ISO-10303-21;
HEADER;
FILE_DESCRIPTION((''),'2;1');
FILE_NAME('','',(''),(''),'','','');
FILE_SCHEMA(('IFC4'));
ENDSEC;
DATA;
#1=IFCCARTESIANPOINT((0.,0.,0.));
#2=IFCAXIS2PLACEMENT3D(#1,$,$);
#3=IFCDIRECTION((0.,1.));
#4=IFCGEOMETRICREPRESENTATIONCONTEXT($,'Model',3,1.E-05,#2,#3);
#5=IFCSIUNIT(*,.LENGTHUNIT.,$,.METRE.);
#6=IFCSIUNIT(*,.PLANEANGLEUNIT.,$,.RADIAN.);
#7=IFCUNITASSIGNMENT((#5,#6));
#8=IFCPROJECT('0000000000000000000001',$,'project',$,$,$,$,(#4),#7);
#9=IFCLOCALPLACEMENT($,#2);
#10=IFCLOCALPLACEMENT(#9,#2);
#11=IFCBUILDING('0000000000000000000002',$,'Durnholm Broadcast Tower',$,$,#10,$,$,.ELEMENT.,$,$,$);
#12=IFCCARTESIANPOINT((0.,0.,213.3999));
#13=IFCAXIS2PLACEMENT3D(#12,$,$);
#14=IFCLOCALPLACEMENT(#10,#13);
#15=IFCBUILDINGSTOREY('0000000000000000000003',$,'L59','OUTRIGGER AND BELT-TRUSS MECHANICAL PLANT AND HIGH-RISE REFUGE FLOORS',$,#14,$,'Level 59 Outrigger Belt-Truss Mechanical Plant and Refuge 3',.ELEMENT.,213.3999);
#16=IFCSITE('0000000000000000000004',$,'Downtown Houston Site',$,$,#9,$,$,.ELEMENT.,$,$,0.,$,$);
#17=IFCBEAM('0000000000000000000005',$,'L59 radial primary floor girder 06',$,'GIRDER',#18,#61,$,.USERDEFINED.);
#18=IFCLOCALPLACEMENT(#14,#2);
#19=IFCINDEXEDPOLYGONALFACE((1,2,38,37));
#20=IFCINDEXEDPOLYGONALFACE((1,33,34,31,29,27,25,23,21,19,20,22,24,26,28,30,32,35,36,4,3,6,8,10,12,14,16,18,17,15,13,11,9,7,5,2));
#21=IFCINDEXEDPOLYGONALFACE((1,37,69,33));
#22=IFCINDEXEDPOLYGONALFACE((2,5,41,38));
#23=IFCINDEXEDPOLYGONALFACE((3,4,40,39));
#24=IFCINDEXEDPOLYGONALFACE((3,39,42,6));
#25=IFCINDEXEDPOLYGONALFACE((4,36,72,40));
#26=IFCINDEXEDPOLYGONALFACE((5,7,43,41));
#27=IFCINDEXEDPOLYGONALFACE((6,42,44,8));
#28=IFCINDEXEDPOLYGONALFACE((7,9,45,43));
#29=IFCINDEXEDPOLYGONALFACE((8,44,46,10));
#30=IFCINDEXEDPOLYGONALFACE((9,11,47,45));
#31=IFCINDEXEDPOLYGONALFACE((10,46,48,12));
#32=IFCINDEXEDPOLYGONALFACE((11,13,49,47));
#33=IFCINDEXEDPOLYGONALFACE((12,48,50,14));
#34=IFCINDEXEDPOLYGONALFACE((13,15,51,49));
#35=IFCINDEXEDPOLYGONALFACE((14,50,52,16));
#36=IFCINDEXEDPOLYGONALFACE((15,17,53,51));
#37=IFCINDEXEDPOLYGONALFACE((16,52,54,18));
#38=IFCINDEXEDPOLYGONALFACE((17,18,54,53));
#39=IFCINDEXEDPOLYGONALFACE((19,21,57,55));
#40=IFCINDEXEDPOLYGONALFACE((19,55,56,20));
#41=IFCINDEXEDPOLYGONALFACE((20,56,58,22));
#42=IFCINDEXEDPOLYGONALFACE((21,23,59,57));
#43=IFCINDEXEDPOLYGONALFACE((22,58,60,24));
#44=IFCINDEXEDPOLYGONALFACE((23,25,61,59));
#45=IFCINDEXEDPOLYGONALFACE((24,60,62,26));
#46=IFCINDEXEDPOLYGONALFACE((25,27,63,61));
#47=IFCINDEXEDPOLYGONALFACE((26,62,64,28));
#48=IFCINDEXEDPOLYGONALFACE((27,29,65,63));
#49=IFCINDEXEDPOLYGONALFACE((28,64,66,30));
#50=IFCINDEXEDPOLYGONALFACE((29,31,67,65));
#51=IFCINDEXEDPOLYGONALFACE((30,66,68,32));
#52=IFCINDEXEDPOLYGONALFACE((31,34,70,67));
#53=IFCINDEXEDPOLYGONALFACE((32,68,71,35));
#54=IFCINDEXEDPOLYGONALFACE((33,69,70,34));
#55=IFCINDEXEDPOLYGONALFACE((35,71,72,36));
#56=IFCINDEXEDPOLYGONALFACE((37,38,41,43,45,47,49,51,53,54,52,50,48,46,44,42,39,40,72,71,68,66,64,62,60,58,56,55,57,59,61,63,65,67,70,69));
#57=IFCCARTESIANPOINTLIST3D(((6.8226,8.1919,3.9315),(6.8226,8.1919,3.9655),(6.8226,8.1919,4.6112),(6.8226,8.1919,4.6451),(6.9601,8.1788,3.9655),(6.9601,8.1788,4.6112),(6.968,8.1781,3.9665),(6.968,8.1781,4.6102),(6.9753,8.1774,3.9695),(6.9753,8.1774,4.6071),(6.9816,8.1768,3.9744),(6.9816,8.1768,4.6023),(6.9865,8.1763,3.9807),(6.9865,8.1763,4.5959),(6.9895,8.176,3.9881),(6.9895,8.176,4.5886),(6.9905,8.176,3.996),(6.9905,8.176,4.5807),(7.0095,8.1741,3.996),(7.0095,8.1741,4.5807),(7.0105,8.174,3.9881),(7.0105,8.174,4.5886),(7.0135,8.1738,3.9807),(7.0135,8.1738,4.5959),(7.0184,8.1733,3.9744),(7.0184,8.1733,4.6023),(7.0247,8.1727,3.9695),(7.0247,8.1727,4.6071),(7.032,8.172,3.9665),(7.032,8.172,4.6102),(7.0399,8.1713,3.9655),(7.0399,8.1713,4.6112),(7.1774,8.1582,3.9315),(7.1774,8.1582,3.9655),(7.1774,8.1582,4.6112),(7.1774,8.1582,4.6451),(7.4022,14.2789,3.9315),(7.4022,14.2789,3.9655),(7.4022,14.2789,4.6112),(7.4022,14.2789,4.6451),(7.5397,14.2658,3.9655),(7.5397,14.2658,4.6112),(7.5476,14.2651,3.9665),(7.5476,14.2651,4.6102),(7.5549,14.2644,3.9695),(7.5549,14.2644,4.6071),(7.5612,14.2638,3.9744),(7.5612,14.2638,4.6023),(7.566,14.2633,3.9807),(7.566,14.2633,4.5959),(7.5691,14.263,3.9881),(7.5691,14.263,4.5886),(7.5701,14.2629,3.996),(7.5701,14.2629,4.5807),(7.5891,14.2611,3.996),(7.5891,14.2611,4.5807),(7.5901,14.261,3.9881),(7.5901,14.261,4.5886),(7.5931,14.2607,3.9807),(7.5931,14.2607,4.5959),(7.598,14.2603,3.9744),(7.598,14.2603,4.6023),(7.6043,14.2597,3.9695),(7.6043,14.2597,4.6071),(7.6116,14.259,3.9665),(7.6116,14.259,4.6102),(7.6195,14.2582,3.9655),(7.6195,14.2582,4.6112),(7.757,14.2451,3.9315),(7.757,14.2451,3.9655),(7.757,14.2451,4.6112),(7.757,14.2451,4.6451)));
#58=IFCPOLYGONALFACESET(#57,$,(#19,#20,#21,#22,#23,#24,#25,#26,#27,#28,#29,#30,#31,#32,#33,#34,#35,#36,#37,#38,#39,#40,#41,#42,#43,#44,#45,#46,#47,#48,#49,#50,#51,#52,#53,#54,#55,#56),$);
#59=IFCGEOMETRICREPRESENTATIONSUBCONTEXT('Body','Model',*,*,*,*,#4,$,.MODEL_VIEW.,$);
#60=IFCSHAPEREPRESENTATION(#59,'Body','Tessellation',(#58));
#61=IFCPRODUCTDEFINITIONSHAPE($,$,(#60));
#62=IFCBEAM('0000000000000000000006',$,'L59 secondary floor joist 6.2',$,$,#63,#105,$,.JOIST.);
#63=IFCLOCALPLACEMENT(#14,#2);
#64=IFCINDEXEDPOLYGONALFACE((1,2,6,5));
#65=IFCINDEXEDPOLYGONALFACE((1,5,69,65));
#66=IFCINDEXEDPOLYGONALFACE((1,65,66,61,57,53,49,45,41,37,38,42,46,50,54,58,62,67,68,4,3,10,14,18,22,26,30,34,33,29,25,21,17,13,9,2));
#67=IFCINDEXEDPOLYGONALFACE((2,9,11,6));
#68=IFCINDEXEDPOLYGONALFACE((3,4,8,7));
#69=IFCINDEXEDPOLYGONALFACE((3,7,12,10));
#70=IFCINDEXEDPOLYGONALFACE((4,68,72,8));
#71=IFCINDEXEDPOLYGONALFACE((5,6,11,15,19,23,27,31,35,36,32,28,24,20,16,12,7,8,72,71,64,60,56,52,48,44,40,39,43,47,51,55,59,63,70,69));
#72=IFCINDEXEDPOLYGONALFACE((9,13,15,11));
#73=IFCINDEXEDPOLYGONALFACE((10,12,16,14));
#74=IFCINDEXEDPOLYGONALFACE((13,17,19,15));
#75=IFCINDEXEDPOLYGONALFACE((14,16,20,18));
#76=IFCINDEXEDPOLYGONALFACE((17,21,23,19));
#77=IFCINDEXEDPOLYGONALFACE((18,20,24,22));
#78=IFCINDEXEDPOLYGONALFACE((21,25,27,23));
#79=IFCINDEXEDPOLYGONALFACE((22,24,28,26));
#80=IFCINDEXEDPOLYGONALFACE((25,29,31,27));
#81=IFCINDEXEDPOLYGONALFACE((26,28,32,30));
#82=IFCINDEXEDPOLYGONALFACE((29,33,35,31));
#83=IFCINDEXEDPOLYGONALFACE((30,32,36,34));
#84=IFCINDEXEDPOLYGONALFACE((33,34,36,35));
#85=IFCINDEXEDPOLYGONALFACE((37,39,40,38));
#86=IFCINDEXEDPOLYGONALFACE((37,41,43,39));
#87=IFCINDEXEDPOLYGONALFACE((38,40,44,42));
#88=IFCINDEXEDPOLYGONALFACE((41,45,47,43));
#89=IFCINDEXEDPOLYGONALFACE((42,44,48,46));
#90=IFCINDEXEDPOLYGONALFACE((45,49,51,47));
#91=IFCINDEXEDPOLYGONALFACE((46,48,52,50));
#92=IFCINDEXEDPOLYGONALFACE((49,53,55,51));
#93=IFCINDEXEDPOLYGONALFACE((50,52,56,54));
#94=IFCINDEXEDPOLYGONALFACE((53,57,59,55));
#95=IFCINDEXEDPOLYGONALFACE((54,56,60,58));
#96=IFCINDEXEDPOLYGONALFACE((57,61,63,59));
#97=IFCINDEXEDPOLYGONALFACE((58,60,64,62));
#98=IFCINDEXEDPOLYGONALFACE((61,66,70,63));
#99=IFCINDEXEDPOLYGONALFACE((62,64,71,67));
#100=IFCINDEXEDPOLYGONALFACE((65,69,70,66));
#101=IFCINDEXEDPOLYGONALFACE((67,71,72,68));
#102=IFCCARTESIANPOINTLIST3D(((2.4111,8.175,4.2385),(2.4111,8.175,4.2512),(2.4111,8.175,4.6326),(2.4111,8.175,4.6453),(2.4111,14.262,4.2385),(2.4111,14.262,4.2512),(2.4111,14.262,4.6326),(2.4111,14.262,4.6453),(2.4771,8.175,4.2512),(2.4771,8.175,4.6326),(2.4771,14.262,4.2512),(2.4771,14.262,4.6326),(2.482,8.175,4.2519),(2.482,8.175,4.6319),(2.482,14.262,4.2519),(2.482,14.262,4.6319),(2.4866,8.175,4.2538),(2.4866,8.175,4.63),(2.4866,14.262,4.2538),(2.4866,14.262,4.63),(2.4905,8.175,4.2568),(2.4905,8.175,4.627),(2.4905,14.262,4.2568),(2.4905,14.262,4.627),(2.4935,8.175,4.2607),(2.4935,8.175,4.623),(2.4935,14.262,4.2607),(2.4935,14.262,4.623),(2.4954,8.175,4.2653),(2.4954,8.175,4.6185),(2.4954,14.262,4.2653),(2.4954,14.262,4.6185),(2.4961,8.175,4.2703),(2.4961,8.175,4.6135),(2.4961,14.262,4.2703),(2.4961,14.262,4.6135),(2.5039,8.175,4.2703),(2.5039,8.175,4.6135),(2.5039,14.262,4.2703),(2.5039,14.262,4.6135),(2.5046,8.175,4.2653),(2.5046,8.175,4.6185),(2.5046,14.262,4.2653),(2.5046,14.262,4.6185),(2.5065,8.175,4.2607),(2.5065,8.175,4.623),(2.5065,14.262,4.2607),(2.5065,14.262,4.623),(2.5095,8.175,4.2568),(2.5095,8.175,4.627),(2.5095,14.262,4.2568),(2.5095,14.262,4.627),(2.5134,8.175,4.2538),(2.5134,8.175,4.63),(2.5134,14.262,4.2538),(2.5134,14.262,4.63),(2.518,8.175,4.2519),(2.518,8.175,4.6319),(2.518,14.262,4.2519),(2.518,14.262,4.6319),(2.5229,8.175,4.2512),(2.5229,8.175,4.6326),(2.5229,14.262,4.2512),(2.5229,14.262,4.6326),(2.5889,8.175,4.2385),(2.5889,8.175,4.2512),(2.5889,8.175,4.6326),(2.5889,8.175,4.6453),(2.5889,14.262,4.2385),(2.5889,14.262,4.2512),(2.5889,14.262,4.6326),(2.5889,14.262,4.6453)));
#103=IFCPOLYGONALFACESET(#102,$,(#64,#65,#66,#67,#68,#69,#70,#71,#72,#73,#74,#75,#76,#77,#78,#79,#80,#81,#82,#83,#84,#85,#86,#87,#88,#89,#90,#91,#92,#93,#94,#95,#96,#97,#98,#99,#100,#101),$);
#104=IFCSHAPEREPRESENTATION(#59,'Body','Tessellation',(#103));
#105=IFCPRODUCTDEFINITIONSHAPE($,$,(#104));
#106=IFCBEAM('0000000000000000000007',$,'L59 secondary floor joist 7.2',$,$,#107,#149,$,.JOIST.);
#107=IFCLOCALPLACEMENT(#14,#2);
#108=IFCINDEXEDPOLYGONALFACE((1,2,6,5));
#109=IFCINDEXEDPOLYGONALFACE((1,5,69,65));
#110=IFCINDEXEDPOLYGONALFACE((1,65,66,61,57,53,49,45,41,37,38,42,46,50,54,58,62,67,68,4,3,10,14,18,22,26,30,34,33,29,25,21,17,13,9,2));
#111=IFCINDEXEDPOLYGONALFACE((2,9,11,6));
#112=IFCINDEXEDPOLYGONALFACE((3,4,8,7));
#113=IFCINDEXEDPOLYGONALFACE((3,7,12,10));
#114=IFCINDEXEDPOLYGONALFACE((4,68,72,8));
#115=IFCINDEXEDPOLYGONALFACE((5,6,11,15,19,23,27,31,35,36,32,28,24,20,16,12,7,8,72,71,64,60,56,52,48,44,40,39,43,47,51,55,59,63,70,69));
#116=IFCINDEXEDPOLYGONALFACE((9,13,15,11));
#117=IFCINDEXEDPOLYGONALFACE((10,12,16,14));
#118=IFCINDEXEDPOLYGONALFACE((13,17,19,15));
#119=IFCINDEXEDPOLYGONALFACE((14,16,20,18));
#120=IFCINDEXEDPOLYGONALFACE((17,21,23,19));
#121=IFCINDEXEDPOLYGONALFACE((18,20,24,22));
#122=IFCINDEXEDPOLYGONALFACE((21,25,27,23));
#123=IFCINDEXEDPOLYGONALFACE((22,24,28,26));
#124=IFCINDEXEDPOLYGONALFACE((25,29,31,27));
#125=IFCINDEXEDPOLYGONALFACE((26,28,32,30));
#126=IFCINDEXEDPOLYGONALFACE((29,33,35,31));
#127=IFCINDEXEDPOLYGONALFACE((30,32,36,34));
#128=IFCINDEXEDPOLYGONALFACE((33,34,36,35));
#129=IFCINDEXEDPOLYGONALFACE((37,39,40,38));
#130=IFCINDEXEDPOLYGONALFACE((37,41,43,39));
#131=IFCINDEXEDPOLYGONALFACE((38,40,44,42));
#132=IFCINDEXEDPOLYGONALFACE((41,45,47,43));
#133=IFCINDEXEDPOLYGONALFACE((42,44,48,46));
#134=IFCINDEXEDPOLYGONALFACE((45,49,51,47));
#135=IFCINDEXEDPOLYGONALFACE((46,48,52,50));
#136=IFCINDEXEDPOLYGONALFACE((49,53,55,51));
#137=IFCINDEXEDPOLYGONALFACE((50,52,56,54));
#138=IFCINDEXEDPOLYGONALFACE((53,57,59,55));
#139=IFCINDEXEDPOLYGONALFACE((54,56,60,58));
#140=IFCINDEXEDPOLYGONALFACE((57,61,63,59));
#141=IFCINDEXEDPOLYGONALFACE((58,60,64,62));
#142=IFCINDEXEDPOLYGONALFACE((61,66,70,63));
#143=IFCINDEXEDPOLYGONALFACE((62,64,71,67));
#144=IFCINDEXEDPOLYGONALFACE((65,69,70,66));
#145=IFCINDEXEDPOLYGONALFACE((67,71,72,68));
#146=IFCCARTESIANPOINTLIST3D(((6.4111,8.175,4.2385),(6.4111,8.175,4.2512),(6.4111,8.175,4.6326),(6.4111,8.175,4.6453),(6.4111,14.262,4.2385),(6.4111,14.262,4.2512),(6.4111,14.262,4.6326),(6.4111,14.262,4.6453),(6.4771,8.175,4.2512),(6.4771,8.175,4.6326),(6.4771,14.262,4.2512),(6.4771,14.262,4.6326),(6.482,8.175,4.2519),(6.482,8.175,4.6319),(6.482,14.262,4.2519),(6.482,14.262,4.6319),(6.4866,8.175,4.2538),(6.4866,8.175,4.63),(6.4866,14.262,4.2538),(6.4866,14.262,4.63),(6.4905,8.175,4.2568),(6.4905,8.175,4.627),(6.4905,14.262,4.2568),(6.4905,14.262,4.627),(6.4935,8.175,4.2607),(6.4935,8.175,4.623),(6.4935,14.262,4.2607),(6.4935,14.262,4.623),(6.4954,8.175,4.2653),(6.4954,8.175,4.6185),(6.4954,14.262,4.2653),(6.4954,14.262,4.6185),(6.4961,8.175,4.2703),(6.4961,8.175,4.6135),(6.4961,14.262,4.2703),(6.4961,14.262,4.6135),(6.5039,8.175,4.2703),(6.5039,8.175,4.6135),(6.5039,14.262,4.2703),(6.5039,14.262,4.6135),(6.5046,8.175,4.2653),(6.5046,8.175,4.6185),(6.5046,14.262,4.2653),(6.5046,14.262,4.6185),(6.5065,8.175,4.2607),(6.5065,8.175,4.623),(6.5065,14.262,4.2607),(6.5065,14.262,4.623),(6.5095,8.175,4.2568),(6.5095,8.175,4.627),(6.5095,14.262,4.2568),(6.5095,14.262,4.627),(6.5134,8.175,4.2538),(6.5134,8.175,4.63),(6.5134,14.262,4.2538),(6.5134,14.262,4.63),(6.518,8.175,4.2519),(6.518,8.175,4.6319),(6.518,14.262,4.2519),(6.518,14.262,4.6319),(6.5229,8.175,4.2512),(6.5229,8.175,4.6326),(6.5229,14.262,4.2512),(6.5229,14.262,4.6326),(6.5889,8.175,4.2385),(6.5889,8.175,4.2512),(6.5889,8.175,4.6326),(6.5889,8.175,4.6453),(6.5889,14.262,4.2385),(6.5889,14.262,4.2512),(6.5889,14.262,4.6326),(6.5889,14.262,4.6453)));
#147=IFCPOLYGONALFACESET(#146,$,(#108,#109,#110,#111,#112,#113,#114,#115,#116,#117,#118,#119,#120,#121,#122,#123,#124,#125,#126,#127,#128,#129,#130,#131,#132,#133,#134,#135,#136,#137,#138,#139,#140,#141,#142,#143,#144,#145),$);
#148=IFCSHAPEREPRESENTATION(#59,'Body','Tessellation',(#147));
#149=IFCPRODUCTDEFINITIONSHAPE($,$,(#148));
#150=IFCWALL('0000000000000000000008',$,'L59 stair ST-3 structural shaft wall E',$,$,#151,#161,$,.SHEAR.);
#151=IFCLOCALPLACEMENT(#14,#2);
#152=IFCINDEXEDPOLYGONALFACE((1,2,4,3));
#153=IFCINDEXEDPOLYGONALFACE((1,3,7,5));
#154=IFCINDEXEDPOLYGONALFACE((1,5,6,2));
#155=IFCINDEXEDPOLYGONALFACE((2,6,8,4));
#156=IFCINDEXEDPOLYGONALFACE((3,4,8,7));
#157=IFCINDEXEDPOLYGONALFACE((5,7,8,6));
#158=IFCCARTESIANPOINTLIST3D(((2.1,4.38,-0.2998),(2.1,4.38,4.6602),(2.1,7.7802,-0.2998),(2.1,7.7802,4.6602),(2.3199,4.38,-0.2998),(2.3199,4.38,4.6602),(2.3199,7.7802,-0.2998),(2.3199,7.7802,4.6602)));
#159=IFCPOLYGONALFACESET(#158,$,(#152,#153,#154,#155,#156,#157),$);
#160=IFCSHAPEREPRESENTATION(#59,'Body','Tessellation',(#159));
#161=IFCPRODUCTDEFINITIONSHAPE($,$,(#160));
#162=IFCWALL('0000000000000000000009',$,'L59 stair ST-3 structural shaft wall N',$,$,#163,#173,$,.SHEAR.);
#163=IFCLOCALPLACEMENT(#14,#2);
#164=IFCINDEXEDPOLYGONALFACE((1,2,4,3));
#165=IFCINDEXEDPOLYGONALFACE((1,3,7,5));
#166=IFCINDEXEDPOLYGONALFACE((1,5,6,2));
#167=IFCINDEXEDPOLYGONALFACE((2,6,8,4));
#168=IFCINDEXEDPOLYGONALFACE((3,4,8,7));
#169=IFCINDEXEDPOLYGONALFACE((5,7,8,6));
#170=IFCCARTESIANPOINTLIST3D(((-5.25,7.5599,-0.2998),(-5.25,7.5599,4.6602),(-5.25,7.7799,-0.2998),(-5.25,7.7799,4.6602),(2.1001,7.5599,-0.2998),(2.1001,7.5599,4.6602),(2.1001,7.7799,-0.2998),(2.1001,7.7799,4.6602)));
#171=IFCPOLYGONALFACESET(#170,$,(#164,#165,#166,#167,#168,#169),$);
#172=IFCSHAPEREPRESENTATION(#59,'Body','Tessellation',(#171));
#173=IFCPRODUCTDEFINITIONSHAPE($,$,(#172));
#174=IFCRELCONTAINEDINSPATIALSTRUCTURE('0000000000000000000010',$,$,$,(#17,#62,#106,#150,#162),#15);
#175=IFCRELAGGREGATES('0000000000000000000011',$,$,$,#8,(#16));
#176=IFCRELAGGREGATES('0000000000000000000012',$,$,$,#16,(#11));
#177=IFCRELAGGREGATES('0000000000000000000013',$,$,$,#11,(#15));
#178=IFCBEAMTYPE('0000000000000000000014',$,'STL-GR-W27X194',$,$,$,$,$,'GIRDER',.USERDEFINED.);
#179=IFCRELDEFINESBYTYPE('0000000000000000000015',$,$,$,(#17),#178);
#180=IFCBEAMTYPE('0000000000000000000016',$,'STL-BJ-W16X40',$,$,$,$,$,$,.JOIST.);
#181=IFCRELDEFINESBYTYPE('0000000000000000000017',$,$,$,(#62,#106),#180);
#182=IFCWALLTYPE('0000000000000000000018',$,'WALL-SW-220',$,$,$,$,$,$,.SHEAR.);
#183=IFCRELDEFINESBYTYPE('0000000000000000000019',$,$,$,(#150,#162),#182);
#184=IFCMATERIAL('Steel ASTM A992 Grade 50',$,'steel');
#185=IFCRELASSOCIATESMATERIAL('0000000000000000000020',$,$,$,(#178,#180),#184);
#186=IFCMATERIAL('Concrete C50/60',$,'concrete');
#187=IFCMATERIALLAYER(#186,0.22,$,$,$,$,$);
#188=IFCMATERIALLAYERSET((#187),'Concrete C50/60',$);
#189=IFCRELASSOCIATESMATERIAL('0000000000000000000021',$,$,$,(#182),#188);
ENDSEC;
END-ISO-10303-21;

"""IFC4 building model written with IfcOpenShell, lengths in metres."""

from ifc_helpers import new_model, si_unit, direction, frame, frame_2d, origin, origin_2d, place, context, subcontext, project, spatial, rectangle, i_section, extrude, source, transform, mapped, material, layer, layer_set, material_profile, profile_set, type_object, type_shapes, element, save


model = new_model("IFC4")

# Units and contexts
model_context = context("Model", 3, precision=1e-05, world=origin(), true_north=direction((0.0, 1.0)))
body_context = subcontext(model_context, "Body", "Model", "MODEL_VIEW")
ifc_project = project(units=[si_unit("LENGTHUNIT", "METRE"), si_unit("PLANEANGLEUNIT", "RADIAN")], contexts=[model_context])

# Site, building, storey
site_placement = place(None, origin())
site = spatial("IfcSite", under=ifc_project, at=site_placement, Name="Downtown Houston Site", CompositionType="ELEMENT", RefElevation=0.0)
building_placement = place(site_placement, origin())
building = spatial("IfcBuilding", under=site, at=building_placement, Name="Durnholm Broadcast Tower", CompositionType="ELEMENT")
storey_placement = place(building_placement, frame((0.0, 0.0, 213.3999)))
storey = spatial("IfcBuildingStorey", under=building, at=storey_placement, Name="L59", Description="OUTRIGGER AND BELT-TRUSS MECHANICAL PLANT AND HIGH-RISE REFUGE FLOORS", LongName="Level 59 Outrigger Belt-Truss Mechanical Plant and Refuge 3", CompositionType="ELEMENT", Elevation=213.3999)

# Beams
ifc_material_1 = material(Name="Steel ASTM A992 Grade 50", Category="steel")
ifc_material_profile_1 = material_profile(ifc_material_1, i_section(OverallWidth=0.3564, OverallDepth=0.7136, WebThickness=0.019, FlangeThickness=0.0339, FilletRadius=0.0305, at=origin_2d()), Name="W27X194")
ifc_profile_set_1 = profile_set([ifc_material_profile_1], Name="Steel ASTM A992 Grade 50")
beam_type_1 = type_object("IfcBeamType", Name="STL-GR-W27X194", ElementType="GIRDER", PredefinedType="USERDEFINED", material=ifc_profile_set_1)
shared_shape_1 = source(origin(), body_context, "Body", "SweptSolid", [
    extrude(i_section(OverallWidth=0.3564, OverallDepth=0.7136, WebThickness=0.019, FlangeThickness=0.0339, FilletRadius=0.0305, at=origin_2d()), origin(), (0.0, 0.0, 1.0), 6.1145),
])
type_shapes(beam_type_1, [shared_shape_1])
beam_placement = place(storey_placement, frame((7.0, 8.175, 4.2883), z_axis=(0.09479, 0.995497, 0.0), x_axis=(-0.995497, 0.09479, 0.0)))
element("IfcBeam", 1, at=beam_placement, inside=storey, type_object=beam_type_1, Name="L59 radial primary floor girder 06", ObjectType="GIRDER", PredefinedType="USERDEFINED", context=body_context, shape_type="MappedRepresentation", body=[
    mapped(shared_shape_1, transform((0.0, 0.0, 0.0), x_axis=(1.0, 0.0, 0.0), y_axis=(0.0, 1.0, 0.0), z_axis=(0.0, 0.0, 1.0), scale=1.0)),
])
ifc_material_profile_2 = material_profile(ifc_material_1, i_section(OverallWidth=0.1777, OverallDepth=0.4067, WebThickness=0.0078, FlangeThickness=0.0127, FilletRadius=0.019, at=origin_2d()), Name="W16X40")
ifc_profile_set_2 = profile_set([ifc_material_profile_2], Name="Steel ASTM A992 Grade 50")
beam_type_2 = type_object("IfcBeamType", Name="STL-BJ-W16X40", PredefinedType="JOIST", material=ifc_profile_set_2)
shared_shape_2 = source(origin(), body_context, "Body", "SweptSolid", [
    extrude(i_section(OverallWidth=0.1777, OverallDepth=0.4067, WebThickness=0.0078, FlangeThickness=0.0127, FilletRadius=0.019, at=origin_2d()), origin(), (0.0, 0.0, 1.0), 6.0869),
])
type_shapes(beam_type_2, [shared_shape_2])
for number, where, z_axis, x_axis, name in (
    (2, (2.5, 8.175, 4.4419), (0.0, 1.0, 0.0), (-1.0, 0.0, 0.0), "L59 secondary floor joist 6.2"),
    (3, (6.5, 8.175, 4.4419), (0.0, 1.0, 0.0), (-1.0, 0.0, 0.0), "L59 secondary floor joist 7.2"),
):
    element("IfcBeam", number, at=place(storey_placement, frame(where, z_axis=z_axis, x_axis=x_axis)), inside=storey, type_object=beam_type_2, Name=name, PredefinedType="JOIST", context=body_context, shape_type="MappedRepresentation", body=[
        mapped(shared_shape_2, transform((0.0, 0.0, 0.0), x_axis=(1.0, 0.0, 0.0), y_axis=(0.0, 1.0, 0.0), z_axis=(0.0, 0.0, 1.0), scale=1.0)),
    ])

# Walls
ifc_material_2 = material(Name="Concrete C50/60", Category="concrete")
ifc_layer_1 = layer(ifc_material_2, 0.22)
ifc_layer_set_1 = layer_set([ifc_layer_1], Name="Concrete C50/60")
wall_type_1 = type_object("IfcWallType", Name="WALL-SW-220", PredefinedType="SHEAR", material=ifc_layer_set_1)
wall_1_placement = place(storey_placement, frame((2.21, 4.3799, -0.2998), z_axis=(0.0, 0.0, 1.0), x_axis=(0.0, 1.0, 0.0)))
element("IfcWall", 4, at=wall_1_placement, inside=storey, type_object=wall_type_1, Name="L59 stair ST-3 structural shaft wall E", PredefinedType="SHEAR", context=body_context, shape_type="SweptSolid", body=[
    extrude(rectangle(XDim=3.4001, YDim=0.22, at=frame_2d((1.7002, 0.0))), origin(), (0.0, 0.0, 1.0), 4.96),
])
wall_2_placement = place(storey_placement, frame((2.1001, 7.6699, -0.2998), z_axis=(0.0, 0.0, 1.0), x_axis=(-1.0, 0.0, 0.0)))
element("IfcWall", 5, at=wall_2_placement, inside=storey, type_object=wall_type_1, Name="L59 stair ST-3 structural shaft wall N", PredefinedType="SHEAR", context=body_context, shape_type="SweptSolid", body=[
    extrude(rectangle(XDim=7.3501, YDim=0.22, at=frame_2d((3.675, 0.0))), origin(), (0.0, 0.0, 1.0), 4.96),
])

save(model, "model.ifc")
